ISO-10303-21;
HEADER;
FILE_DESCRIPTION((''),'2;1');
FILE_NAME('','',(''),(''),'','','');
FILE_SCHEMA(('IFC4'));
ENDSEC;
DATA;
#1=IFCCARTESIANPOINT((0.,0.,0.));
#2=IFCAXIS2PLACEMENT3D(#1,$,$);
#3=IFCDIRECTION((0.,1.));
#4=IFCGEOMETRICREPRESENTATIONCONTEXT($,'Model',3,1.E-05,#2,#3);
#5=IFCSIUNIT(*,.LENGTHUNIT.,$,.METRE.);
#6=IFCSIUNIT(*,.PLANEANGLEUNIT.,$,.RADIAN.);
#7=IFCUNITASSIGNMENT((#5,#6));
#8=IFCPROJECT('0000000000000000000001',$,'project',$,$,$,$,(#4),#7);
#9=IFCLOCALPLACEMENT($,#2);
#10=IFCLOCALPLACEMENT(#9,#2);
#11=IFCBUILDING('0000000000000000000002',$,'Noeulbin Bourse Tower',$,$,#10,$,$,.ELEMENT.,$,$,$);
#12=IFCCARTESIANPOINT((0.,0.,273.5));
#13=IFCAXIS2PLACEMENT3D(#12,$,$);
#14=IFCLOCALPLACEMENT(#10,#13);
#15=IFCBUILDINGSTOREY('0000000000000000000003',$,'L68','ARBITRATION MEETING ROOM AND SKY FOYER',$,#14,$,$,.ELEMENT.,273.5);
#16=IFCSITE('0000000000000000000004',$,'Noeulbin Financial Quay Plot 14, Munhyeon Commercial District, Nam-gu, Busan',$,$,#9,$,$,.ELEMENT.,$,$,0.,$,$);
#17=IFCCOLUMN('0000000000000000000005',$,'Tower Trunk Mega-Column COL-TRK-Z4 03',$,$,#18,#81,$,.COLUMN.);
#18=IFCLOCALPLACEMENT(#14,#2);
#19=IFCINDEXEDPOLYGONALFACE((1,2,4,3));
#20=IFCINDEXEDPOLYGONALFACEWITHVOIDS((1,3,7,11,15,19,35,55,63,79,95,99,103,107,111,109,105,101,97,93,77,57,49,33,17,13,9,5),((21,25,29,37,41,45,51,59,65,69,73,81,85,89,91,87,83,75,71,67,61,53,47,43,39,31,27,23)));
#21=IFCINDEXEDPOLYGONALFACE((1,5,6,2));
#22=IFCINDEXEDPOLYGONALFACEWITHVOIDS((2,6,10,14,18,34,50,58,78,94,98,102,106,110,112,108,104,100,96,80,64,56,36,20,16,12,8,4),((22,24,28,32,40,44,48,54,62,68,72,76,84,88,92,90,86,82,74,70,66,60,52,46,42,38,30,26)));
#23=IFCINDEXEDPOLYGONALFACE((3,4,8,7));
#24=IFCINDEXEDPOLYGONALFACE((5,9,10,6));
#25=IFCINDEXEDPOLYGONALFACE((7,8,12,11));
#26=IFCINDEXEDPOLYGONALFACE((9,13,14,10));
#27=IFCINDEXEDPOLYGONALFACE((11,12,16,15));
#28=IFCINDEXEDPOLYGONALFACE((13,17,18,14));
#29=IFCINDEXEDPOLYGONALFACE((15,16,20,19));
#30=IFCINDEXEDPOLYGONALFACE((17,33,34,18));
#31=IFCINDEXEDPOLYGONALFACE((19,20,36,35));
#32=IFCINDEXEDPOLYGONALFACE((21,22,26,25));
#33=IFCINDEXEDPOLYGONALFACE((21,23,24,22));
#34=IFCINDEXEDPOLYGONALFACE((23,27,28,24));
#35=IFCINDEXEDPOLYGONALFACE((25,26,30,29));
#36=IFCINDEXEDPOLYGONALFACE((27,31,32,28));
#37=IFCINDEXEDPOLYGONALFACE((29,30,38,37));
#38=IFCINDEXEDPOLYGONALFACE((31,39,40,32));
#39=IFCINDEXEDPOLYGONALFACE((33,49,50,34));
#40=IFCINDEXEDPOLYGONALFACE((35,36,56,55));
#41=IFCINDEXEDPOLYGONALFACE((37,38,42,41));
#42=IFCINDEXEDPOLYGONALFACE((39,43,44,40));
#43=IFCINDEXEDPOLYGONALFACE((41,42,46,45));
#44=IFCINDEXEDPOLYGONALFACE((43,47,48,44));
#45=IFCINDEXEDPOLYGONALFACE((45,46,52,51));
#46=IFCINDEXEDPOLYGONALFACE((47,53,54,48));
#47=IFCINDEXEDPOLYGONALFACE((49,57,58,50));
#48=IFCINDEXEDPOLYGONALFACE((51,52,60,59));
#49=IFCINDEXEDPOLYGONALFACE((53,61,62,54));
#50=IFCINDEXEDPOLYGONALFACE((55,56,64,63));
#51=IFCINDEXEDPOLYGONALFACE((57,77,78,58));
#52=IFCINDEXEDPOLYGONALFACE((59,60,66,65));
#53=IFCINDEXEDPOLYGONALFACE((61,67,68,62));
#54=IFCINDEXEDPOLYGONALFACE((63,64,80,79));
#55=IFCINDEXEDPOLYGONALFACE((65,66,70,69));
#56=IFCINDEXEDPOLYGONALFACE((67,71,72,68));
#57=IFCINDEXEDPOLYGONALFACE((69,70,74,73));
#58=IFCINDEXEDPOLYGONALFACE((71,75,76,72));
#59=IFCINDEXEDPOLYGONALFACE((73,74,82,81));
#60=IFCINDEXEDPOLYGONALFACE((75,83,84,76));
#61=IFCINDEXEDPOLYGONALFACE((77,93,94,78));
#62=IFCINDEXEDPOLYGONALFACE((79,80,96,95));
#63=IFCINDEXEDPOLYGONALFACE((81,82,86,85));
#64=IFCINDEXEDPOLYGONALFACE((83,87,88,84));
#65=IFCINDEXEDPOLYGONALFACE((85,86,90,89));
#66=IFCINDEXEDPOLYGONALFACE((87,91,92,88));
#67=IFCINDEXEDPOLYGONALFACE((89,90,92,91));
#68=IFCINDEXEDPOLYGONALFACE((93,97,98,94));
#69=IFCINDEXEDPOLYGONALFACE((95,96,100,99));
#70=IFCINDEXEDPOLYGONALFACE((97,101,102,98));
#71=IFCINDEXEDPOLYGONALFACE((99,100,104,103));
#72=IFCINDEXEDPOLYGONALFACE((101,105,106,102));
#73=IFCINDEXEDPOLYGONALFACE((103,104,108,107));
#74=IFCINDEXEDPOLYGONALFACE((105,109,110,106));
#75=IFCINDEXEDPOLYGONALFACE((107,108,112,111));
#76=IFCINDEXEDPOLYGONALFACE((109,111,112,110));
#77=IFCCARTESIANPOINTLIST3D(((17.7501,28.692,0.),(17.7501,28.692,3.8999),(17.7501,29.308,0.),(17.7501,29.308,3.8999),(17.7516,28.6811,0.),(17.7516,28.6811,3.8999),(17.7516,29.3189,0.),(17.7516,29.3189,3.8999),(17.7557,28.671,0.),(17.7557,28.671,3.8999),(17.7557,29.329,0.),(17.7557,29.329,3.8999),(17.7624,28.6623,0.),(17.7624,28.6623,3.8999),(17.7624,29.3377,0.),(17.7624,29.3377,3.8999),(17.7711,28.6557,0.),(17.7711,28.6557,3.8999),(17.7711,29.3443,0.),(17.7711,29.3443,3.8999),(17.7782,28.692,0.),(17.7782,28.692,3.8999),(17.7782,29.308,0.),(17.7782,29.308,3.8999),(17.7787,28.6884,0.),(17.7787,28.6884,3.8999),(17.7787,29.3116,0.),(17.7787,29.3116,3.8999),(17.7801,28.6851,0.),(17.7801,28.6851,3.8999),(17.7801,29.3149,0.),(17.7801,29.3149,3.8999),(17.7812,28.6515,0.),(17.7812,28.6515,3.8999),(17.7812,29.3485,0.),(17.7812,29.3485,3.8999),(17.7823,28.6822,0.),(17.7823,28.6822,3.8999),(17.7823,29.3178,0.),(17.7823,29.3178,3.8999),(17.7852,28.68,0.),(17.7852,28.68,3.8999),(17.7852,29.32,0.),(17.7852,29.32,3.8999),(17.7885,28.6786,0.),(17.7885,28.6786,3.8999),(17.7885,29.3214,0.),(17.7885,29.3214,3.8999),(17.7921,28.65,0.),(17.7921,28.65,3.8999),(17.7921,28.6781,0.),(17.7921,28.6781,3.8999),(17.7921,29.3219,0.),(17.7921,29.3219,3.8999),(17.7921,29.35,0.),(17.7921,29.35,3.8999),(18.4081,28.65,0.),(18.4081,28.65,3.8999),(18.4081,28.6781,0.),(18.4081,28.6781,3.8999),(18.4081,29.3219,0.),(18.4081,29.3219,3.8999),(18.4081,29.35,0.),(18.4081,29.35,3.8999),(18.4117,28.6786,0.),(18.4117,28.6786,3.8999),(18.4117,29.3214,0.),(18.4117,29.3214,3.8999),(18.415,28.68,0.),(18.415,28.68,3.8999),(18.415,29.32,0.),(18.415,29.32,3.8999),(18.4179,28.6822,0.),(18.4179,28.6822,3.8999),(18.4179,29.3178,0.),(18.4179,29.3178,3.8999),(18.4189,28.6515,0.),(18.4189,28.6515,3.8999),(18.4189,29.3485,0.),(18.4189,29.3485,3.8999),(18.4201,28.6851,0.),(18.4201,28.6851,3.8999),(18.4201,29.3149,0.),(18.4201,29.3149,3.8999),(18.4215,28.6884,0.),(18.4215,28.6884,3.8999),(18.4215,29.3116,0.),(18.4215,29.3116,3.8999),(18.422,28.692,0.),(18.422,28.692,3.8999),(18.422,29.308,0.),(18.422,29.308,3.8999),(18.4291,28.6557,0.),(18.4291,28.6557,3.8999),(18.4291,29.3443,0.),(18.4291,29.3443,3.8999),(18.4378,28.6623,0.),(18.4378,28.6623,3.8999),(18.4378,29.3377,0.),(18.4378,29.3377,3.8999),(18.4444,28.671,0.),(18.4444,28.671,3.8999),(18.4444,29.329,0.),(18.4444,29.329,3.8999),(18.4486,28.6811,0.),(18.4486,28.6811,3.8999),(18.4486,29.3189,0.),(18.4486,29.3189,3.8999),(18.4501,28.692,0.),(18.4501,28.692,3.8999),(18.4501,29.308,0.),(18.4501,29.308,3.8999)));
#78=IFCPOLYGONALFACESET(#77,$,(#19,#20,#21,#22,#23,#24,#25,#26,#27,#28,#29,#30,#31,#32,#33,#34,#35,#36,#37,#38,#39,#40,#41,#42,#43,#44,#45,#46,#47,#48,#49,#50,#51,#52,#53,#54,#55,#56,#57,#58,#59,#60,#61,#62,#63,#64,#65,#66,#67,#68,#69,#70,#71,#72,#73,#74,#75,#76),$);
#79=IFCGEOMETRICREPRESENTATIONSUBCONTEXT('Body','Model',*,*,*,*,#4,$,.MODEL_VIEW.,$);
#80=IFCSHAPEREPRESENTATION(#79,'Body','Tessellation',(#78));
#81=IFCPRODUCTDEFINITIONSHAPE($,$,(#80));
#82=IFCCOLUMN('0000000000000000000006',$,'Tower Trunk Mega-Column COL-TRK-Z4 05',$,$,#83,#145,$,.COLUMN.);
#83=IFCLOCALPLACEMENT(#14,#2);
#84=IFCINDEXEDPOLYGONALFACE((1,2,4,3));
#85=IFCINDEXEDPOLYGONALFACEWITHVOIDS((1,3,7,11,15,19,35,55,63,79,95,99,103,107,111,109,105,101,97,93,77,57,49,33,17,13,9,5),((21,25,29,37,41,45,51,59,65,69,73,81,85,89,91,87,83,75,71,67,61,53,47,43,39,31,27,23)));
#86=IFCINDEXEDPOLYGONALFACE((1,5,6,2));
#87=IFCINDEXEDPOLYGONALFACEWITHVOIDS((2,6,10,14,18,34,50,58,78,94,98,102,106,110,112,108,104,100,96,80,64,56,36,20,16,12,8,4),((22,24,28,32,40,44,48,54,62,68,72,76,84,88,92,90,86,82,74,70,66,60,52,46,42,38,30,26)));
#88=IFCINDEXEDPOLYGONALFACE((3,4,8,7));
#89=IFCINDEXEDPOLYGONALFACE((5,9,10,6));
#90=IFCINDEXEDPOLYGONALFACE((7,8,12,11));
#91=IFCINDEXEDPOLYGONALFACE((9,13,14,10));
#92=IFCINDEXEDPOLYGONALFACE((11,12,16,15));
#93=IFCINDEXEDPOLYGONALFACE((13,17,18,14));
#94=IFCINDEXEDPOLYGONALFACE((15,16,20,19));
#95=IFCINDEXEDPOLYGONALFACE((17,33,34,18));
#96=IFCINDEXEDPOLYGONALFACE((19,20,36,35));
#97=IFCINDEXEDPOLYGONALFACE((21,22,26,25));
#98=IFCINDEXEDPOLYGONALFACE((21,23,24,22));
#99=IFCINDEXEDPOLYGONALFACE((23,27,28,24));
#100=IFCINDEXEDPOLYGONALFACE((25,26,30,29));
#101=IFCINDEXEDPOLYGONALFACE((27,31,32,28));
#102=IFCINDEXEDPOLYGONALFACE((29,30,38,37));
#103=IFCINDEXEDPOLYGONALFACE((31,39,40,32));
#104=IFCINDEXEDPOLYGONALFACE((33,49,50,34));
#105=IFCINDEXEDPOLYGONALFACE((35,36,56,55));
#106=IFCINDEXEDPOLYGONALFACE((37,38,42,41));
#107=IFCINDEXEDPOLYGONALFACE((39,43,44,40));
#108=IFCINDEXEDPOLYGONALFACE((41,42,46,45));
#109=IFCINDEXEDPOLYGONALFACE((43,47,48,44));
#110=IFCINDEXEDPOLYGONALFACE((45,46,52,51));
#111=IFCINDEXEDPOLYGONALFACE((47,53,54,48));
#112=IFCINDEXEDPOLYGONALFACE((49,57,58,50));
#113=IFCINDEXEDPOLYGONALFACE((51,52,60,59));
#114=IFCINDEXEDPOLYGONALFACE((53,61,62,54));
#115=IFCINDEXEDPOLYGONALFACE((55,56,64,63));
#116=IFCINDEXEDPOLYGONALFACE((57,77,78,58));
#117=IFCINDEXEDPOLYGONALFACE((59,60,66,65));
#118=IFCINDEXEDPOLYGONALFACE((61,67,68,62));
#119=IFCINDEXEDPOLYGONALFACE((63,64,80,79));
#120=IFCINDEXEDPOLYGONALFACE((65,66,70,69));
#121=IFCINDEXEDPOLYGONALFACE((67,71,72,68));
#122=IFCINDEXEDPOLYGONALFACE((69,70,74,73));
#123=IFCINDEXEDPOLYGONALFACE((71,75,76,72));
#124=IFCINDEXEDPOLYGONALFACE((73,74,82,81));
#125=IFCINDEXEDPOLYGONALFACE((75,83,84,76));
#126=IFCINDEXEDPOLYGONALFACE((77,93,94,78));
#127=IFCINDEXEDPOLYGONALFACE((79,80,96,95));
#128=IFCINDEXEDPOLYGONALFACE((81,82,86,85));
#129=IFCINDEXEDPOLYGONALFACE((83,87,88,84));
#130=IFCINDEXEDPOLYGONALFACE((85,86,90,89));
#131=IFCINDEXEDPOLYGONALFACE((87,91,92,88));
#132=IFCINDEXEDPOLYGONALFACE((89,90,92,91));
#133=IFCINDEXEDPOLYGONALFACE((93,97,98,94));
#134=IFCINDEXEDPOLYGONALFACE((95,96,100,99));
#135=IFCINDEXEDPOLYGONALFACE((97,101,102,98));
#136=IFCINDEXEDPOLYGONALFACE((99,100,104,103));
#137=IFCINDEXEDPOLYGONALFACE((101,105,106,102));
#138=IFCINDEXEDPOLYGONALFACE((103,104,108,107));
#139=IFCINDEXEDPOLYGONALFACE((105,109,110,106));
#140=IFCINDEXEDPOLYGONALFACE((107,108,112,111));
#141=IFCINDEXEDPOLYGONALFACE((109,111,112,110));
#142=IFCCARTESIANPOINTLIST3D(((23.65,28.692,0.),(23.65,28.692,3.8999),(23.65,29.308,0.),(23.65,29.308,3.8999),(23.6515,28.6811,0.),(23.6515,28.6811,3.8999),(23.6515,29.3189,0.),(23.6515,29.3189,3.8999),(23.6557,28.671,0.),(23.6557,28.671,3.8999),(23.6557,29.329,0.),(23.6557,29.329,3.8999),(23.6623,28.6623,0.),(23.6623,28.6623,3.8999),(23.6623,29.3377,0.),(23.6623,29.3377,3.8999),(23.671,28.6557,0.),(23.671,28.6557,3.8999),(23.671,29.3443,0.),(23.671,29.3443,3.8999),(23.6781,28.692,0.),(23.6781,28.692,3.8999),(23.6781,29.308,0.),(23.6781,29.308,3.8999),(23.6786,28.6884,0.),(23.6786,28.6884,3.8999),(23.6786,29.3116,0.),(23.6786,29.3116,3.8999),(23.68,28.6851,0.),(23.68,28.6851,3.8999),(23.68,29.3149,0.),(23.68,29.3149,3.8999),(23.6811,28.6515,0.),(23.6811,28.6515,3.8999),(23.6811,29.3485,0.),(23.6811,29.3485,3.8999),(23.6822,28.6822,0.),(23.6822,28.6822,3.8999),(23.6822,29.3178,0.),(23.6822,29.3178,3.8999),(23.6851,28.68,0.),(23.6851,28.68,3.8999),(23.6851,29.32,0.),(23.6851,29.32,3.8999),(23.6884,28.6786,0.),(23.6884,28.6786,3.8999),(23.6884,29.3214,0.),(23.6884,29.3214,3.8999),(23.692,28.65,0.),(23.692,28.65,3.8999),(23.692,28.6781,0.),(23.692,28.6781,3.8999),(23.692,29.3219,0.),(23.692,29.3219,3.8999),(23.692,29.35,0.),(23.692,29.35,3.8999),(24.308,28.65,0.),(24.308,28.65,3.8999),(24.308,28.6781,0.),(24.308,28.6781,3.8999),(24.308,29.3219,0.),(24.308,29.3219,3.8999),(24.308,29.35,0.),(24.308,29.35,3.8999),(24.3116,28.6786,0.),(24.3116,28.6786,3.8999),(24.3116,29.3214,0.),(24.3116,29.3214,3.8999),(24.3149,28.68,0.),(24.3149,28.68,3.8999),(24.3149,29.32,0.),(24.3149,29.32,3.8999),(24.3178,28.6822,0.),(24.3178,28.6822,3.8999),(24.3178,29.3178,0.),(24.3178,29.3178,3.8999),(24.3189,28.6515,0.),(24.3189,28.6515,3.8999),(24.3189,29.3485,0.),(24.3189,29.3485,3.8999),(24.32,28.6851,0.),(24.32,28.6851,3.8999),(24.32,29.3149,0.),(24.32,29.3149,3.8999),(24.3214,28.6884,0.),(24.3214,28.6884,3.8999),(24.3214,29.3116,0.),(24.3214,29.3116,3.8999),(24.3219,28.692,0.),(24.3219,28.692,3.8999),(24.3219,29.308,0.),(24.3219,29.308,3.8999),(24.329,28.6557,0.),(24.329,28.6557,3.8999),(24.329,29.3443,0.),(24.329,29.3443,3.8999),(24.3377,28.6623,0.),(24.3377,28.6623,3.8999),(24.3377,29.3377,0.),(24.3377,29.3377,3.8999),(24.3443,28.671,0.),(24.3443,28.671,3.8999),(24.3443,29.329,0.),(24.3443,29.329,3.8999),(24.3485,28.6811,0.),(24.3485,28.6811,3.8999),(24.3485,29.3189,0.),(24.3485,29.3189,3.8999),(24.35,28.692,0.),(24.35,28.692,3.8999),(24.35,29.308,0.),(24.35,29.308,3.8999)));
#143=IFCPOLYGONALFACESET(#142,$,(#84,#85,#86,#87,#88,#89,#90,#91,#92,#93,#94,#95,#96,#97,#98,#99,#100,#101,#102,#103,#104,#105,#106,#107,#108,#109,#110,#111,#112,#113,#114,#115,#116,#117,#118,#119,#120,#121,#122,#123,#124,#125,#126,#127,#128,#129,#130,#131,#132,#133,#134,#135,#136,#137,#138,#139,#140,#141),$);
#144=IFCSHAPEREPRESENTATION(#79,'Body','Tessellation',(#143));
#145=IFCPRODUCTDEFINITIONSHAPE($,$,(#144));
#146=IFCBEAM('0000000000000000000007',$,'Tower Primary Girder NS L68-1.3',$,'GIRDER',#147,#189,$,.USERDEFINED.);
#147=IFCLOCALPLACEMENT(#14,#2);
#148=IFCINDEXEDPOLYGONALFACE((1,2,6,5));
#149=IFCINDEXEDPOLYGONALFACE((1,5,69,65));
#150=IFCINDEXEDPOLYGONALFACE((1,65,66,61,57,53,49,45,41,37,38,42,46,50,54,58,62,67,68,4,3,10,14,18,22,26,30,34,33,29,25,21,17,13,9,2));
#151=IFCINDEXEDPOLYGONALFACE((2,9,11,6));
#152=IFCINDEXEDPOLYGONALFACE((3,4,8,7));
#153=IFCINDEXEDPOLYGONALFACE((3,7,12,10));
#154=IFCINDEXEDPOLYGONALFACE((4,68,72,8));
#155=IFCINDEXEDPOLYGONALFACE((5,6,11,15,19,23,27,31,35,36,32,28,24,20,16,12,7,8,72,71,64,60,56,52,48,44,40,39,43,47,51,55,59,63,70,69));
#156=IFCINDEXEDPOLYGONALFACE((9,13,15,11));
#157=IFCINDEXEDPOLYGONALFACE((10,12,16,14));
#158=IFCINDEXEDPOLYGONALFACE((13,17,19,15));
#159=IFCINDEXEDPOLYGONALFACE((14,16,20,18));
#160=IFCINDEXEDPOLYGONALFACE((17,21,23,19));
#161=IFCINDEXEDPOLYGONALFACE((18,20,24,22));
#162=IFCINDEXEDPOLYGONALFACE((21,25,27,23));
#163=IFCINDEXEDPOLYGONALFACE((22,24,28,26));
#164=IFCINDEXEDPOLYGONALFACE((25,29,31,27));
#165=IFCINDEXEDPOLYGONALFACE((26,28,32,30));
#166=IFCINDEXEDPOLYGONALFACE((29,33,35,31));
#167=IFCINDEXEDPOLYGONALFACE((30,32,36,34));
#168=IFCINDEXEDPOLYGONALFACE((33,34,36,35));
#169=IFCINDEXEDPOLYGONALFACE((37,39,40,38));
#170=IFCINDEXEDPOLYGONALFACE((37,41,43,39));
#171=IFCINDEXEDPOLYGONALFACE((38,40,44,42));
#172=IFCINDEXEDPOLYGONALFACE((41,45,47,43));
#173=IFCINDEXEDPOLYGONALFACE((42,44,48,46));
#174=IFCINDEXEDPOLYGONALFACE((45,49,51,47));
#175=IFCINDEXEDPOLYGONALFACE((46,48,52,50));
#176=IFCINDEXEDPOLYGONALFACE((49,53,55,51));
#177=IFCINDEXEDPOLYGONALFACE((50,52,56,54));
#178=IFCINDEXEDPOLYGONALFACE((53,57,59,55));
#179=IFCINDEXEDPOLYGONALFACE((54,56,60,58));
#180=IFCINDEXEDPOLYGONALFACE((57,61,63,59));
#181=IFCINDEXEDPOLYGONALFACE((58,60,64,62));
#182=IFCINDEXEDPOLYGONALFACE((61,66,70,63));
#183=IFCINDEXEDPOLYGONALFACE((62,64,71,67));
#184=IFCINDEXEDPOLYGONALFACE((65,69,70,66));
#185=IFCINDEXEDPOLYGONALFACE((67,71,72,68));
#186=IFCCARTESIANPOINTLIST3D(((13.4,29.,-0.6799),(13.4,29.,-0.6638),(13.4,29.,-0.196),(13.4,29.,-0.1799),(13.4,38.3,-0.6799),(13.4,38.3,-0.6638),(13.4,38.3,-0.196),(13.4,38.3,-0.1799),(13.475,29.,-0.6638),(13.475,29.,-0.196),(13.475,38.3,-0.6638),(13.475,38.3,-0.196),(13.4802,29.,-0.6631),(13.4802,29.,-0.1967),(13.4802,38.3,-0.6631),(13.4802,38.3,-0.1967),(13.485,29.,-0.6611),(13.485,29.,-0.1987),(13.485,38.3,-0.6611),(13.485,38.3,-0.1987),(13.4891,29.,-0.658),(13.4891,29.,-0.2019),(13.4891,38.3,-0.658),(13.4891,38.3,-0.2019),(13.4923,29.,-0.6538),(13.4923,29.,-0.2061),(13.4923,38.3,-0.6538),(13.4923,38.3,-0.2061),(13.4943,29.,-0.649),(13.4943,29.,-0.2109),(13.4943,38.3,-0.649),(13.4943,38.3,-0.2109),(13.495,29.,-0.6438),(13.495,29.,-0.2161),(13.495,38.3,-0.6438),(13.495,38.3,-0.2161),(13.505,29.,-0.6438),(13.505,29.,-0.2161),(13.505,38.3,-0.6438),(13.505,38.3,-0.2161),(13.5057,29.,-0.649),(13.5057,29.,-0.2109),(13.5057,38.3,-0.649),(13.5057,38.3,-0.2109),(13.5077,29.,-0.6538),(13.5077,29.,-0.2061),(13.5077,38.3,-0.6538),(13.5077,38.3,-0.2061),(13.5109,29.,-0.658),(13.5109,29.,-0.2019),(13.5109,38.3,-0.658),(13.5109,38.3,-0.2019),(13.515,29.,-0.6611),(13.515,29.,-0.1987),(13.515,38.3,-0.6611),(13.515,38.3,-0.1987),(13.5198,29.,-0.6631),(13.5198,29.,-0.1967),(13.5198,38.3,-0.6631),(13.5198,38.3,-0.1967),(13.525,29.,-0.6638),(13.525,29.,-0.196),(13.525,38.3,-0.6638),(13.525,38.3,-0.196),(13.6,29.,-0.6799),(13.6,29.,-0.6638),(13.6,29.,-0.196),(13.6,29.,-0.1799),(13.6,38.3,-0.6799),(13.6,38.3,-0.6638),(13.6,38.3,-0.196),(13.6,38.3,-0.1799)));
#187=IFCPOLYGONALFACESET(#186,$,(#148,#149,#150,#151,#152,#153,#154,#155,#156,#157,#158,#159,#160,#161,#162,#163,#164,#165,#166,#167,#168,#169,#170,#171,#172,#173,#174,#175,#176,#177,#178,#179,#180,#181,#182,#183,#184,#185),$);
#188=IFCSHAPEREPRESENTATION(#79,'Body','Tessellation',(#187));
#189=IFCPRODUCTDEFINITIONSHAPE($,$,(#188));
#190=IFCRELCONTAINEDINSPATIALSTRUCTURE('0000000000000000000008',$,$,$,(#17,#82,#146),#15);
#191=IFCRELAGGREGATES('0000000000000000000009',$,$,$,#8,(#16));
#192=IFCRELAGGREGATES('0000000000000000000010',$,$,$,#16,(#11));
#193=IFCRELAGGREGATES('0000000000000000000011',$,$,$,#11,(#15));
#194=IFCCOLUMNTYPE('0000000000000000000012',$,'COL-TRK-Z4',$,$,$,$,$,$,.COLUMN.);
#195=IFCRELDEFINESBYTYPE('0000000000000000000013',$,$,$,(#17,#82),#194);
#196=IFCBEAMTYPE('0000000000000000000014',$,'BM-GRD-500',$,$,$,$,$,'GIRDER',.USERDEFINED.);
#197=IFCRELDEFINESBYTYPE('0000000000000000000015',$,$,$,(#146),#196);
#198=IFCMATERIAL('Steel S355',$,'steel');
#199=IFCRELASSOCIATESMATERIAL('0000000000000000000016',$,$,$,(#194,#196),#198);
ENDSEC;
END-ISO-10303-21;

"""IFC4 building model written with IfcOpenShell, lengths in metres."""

from ifc_helpers import new_model, si_unit, direction, frame, origin, origin_2d, place, context, subcontext, project, spatial, hollow_rectangle, i_section, extrude, material, material_profile, profile_set, type_object, element, save


model = new_model("IFC4")

# Units and contexts
model_context = context("Model", 3, precision=1e-05, world=origin(), true_north=direction((0.0, 1.0)))
body_context = subcontext(model_context, "Body", "Model", "MODEL_VIEW")
ifc_project = project(units=[si_unit("LENGTHUNIT", "METRE"), si_unit("PLANEANGLEUNIT", "RADIAN")], contexts=[model_context])

# Site, building, storey
site_placement = place(None, origin())
site = spatial("IfcSite", under=ifc_project, at=site_placement, Name="Noeulbin Financial Quay Plot 14, Munhyeon Commercial District, Nam-gu, Busan", CompositionType="ELEMENT", RefElevation=0.0)
building_placement = place(site_placement, origin())
building = spatial("IfcBuilding", under=site, at=building_placement, Name="Noeulbin Bourse Tower", CompositionType="ELEMENT")
storey_placement = place(building_placement, frame((0.0, 0.0, 273.5)))
storey = spatial("IfcBuildingStorey", under=building, at=storey_placement, Name="L68", Description="ARBITRATION MEETING ROOM AND SKY FOYER", CompositionType="ELEMENT", Elevation=273.5)

# Columns
ifc_material_1 = material(Name="Steel S355", Category="steel")
ifc_material_profile_1 = material_profile(ifc_material_1, hollow_rectangle(XDim=0.7, YDim=0.7, WallThickness=0.0281, InnerFilletRadius=0.0139, OuterFilletRadius=0.042, at=origin_2d()), Name="BOX-700x700x28", Category="LoadBearing")
ifc_profile_set_1 = profile_set([ifc_material_profile_1], Name="Steel S355")
column_type = type_object("IfcColumnType", Name="COL-TRK-Z4", PredefinedType="COLUMN", material=ifc_profile_set_1)
for number, where, z_axis, x_axis, name in (
    (1, (18.1001, 29.0, 0.0), (0.0, 0.0, 1.0), (1.0, 0.0, 0.0), "Tower Trunk Mega-Column COL-TRK-Z4 03"),
    (2, (24.0, 29.0, 0.0), (0.0, 0.0, 1.0), (1.0, 0.0, 0.0), "Tower Trunk Mega-Column COL-TRK-Z4 05"),
):
    element("IfcColumn", number, at=place(storey_placement, frame(where, z_axis=z_axis, x_axis=x_axis)), inside=storey, type_object=column_type, Name=name, PredefinedType="COLUMN", context=body_context, shape_type="SweptSolid", body=[
        extrude(hollow_rectangle(XDim=0.7, YDim=0.7, WallThickness=0.0281, InnerFilletRadius=0.0139, OuterFilletRadius=0.042, at=origin_2d()), origin(), (0.0, 0.0, 1.0), 3.8999),
    ])

# Beam
ifc_material_profile_2 = material_profile(ifc_material_1, i_section(OverallWidth=0.2, OverallDepth=0.5, WebThickness=0.01, FlangeThickness=0.0161, FilletRadius=0.02, at=origin_2d()), Name="H-500x200x10x16", Category="LoadBearing")
ifc_profile_set_2 = profile_set([ifc_material_profile_2], Name="Steel S355")
beam_type_1 = type_object("IfcBeamType", Name="BM-GRD-500", ElementType="GIRDER", PredefinedType="USERDEFINED", material=ifc_profile_set_2)
beam_placement = place(storey_placement, frame((13.5, 29.0, -0.4299), z_axis=(0.0, 1.0, 0.0), x_axis=(-1.0, 0.0, 0.0)))
element("IfcBeam", 3, at=beam_placement, inside=storey, type_object=beam_type_1, Name="Tower Primary Girder NS L68-1.3", ObjectType="GIRDER", PredefinedType="USERDEFINED", context=body_context, shape_type="SweptSolid", body=[
    extrude(i_section(OverallWidth=0.2, OverallDepth=0.5, WebThickness=0.01, FlangeThickness=0.0161, FilletRadius=0.02, at=origin_2d()), origin(), (0.0, 0.0, 1.0), 9.3),
])

save(model, "model.ifc")
